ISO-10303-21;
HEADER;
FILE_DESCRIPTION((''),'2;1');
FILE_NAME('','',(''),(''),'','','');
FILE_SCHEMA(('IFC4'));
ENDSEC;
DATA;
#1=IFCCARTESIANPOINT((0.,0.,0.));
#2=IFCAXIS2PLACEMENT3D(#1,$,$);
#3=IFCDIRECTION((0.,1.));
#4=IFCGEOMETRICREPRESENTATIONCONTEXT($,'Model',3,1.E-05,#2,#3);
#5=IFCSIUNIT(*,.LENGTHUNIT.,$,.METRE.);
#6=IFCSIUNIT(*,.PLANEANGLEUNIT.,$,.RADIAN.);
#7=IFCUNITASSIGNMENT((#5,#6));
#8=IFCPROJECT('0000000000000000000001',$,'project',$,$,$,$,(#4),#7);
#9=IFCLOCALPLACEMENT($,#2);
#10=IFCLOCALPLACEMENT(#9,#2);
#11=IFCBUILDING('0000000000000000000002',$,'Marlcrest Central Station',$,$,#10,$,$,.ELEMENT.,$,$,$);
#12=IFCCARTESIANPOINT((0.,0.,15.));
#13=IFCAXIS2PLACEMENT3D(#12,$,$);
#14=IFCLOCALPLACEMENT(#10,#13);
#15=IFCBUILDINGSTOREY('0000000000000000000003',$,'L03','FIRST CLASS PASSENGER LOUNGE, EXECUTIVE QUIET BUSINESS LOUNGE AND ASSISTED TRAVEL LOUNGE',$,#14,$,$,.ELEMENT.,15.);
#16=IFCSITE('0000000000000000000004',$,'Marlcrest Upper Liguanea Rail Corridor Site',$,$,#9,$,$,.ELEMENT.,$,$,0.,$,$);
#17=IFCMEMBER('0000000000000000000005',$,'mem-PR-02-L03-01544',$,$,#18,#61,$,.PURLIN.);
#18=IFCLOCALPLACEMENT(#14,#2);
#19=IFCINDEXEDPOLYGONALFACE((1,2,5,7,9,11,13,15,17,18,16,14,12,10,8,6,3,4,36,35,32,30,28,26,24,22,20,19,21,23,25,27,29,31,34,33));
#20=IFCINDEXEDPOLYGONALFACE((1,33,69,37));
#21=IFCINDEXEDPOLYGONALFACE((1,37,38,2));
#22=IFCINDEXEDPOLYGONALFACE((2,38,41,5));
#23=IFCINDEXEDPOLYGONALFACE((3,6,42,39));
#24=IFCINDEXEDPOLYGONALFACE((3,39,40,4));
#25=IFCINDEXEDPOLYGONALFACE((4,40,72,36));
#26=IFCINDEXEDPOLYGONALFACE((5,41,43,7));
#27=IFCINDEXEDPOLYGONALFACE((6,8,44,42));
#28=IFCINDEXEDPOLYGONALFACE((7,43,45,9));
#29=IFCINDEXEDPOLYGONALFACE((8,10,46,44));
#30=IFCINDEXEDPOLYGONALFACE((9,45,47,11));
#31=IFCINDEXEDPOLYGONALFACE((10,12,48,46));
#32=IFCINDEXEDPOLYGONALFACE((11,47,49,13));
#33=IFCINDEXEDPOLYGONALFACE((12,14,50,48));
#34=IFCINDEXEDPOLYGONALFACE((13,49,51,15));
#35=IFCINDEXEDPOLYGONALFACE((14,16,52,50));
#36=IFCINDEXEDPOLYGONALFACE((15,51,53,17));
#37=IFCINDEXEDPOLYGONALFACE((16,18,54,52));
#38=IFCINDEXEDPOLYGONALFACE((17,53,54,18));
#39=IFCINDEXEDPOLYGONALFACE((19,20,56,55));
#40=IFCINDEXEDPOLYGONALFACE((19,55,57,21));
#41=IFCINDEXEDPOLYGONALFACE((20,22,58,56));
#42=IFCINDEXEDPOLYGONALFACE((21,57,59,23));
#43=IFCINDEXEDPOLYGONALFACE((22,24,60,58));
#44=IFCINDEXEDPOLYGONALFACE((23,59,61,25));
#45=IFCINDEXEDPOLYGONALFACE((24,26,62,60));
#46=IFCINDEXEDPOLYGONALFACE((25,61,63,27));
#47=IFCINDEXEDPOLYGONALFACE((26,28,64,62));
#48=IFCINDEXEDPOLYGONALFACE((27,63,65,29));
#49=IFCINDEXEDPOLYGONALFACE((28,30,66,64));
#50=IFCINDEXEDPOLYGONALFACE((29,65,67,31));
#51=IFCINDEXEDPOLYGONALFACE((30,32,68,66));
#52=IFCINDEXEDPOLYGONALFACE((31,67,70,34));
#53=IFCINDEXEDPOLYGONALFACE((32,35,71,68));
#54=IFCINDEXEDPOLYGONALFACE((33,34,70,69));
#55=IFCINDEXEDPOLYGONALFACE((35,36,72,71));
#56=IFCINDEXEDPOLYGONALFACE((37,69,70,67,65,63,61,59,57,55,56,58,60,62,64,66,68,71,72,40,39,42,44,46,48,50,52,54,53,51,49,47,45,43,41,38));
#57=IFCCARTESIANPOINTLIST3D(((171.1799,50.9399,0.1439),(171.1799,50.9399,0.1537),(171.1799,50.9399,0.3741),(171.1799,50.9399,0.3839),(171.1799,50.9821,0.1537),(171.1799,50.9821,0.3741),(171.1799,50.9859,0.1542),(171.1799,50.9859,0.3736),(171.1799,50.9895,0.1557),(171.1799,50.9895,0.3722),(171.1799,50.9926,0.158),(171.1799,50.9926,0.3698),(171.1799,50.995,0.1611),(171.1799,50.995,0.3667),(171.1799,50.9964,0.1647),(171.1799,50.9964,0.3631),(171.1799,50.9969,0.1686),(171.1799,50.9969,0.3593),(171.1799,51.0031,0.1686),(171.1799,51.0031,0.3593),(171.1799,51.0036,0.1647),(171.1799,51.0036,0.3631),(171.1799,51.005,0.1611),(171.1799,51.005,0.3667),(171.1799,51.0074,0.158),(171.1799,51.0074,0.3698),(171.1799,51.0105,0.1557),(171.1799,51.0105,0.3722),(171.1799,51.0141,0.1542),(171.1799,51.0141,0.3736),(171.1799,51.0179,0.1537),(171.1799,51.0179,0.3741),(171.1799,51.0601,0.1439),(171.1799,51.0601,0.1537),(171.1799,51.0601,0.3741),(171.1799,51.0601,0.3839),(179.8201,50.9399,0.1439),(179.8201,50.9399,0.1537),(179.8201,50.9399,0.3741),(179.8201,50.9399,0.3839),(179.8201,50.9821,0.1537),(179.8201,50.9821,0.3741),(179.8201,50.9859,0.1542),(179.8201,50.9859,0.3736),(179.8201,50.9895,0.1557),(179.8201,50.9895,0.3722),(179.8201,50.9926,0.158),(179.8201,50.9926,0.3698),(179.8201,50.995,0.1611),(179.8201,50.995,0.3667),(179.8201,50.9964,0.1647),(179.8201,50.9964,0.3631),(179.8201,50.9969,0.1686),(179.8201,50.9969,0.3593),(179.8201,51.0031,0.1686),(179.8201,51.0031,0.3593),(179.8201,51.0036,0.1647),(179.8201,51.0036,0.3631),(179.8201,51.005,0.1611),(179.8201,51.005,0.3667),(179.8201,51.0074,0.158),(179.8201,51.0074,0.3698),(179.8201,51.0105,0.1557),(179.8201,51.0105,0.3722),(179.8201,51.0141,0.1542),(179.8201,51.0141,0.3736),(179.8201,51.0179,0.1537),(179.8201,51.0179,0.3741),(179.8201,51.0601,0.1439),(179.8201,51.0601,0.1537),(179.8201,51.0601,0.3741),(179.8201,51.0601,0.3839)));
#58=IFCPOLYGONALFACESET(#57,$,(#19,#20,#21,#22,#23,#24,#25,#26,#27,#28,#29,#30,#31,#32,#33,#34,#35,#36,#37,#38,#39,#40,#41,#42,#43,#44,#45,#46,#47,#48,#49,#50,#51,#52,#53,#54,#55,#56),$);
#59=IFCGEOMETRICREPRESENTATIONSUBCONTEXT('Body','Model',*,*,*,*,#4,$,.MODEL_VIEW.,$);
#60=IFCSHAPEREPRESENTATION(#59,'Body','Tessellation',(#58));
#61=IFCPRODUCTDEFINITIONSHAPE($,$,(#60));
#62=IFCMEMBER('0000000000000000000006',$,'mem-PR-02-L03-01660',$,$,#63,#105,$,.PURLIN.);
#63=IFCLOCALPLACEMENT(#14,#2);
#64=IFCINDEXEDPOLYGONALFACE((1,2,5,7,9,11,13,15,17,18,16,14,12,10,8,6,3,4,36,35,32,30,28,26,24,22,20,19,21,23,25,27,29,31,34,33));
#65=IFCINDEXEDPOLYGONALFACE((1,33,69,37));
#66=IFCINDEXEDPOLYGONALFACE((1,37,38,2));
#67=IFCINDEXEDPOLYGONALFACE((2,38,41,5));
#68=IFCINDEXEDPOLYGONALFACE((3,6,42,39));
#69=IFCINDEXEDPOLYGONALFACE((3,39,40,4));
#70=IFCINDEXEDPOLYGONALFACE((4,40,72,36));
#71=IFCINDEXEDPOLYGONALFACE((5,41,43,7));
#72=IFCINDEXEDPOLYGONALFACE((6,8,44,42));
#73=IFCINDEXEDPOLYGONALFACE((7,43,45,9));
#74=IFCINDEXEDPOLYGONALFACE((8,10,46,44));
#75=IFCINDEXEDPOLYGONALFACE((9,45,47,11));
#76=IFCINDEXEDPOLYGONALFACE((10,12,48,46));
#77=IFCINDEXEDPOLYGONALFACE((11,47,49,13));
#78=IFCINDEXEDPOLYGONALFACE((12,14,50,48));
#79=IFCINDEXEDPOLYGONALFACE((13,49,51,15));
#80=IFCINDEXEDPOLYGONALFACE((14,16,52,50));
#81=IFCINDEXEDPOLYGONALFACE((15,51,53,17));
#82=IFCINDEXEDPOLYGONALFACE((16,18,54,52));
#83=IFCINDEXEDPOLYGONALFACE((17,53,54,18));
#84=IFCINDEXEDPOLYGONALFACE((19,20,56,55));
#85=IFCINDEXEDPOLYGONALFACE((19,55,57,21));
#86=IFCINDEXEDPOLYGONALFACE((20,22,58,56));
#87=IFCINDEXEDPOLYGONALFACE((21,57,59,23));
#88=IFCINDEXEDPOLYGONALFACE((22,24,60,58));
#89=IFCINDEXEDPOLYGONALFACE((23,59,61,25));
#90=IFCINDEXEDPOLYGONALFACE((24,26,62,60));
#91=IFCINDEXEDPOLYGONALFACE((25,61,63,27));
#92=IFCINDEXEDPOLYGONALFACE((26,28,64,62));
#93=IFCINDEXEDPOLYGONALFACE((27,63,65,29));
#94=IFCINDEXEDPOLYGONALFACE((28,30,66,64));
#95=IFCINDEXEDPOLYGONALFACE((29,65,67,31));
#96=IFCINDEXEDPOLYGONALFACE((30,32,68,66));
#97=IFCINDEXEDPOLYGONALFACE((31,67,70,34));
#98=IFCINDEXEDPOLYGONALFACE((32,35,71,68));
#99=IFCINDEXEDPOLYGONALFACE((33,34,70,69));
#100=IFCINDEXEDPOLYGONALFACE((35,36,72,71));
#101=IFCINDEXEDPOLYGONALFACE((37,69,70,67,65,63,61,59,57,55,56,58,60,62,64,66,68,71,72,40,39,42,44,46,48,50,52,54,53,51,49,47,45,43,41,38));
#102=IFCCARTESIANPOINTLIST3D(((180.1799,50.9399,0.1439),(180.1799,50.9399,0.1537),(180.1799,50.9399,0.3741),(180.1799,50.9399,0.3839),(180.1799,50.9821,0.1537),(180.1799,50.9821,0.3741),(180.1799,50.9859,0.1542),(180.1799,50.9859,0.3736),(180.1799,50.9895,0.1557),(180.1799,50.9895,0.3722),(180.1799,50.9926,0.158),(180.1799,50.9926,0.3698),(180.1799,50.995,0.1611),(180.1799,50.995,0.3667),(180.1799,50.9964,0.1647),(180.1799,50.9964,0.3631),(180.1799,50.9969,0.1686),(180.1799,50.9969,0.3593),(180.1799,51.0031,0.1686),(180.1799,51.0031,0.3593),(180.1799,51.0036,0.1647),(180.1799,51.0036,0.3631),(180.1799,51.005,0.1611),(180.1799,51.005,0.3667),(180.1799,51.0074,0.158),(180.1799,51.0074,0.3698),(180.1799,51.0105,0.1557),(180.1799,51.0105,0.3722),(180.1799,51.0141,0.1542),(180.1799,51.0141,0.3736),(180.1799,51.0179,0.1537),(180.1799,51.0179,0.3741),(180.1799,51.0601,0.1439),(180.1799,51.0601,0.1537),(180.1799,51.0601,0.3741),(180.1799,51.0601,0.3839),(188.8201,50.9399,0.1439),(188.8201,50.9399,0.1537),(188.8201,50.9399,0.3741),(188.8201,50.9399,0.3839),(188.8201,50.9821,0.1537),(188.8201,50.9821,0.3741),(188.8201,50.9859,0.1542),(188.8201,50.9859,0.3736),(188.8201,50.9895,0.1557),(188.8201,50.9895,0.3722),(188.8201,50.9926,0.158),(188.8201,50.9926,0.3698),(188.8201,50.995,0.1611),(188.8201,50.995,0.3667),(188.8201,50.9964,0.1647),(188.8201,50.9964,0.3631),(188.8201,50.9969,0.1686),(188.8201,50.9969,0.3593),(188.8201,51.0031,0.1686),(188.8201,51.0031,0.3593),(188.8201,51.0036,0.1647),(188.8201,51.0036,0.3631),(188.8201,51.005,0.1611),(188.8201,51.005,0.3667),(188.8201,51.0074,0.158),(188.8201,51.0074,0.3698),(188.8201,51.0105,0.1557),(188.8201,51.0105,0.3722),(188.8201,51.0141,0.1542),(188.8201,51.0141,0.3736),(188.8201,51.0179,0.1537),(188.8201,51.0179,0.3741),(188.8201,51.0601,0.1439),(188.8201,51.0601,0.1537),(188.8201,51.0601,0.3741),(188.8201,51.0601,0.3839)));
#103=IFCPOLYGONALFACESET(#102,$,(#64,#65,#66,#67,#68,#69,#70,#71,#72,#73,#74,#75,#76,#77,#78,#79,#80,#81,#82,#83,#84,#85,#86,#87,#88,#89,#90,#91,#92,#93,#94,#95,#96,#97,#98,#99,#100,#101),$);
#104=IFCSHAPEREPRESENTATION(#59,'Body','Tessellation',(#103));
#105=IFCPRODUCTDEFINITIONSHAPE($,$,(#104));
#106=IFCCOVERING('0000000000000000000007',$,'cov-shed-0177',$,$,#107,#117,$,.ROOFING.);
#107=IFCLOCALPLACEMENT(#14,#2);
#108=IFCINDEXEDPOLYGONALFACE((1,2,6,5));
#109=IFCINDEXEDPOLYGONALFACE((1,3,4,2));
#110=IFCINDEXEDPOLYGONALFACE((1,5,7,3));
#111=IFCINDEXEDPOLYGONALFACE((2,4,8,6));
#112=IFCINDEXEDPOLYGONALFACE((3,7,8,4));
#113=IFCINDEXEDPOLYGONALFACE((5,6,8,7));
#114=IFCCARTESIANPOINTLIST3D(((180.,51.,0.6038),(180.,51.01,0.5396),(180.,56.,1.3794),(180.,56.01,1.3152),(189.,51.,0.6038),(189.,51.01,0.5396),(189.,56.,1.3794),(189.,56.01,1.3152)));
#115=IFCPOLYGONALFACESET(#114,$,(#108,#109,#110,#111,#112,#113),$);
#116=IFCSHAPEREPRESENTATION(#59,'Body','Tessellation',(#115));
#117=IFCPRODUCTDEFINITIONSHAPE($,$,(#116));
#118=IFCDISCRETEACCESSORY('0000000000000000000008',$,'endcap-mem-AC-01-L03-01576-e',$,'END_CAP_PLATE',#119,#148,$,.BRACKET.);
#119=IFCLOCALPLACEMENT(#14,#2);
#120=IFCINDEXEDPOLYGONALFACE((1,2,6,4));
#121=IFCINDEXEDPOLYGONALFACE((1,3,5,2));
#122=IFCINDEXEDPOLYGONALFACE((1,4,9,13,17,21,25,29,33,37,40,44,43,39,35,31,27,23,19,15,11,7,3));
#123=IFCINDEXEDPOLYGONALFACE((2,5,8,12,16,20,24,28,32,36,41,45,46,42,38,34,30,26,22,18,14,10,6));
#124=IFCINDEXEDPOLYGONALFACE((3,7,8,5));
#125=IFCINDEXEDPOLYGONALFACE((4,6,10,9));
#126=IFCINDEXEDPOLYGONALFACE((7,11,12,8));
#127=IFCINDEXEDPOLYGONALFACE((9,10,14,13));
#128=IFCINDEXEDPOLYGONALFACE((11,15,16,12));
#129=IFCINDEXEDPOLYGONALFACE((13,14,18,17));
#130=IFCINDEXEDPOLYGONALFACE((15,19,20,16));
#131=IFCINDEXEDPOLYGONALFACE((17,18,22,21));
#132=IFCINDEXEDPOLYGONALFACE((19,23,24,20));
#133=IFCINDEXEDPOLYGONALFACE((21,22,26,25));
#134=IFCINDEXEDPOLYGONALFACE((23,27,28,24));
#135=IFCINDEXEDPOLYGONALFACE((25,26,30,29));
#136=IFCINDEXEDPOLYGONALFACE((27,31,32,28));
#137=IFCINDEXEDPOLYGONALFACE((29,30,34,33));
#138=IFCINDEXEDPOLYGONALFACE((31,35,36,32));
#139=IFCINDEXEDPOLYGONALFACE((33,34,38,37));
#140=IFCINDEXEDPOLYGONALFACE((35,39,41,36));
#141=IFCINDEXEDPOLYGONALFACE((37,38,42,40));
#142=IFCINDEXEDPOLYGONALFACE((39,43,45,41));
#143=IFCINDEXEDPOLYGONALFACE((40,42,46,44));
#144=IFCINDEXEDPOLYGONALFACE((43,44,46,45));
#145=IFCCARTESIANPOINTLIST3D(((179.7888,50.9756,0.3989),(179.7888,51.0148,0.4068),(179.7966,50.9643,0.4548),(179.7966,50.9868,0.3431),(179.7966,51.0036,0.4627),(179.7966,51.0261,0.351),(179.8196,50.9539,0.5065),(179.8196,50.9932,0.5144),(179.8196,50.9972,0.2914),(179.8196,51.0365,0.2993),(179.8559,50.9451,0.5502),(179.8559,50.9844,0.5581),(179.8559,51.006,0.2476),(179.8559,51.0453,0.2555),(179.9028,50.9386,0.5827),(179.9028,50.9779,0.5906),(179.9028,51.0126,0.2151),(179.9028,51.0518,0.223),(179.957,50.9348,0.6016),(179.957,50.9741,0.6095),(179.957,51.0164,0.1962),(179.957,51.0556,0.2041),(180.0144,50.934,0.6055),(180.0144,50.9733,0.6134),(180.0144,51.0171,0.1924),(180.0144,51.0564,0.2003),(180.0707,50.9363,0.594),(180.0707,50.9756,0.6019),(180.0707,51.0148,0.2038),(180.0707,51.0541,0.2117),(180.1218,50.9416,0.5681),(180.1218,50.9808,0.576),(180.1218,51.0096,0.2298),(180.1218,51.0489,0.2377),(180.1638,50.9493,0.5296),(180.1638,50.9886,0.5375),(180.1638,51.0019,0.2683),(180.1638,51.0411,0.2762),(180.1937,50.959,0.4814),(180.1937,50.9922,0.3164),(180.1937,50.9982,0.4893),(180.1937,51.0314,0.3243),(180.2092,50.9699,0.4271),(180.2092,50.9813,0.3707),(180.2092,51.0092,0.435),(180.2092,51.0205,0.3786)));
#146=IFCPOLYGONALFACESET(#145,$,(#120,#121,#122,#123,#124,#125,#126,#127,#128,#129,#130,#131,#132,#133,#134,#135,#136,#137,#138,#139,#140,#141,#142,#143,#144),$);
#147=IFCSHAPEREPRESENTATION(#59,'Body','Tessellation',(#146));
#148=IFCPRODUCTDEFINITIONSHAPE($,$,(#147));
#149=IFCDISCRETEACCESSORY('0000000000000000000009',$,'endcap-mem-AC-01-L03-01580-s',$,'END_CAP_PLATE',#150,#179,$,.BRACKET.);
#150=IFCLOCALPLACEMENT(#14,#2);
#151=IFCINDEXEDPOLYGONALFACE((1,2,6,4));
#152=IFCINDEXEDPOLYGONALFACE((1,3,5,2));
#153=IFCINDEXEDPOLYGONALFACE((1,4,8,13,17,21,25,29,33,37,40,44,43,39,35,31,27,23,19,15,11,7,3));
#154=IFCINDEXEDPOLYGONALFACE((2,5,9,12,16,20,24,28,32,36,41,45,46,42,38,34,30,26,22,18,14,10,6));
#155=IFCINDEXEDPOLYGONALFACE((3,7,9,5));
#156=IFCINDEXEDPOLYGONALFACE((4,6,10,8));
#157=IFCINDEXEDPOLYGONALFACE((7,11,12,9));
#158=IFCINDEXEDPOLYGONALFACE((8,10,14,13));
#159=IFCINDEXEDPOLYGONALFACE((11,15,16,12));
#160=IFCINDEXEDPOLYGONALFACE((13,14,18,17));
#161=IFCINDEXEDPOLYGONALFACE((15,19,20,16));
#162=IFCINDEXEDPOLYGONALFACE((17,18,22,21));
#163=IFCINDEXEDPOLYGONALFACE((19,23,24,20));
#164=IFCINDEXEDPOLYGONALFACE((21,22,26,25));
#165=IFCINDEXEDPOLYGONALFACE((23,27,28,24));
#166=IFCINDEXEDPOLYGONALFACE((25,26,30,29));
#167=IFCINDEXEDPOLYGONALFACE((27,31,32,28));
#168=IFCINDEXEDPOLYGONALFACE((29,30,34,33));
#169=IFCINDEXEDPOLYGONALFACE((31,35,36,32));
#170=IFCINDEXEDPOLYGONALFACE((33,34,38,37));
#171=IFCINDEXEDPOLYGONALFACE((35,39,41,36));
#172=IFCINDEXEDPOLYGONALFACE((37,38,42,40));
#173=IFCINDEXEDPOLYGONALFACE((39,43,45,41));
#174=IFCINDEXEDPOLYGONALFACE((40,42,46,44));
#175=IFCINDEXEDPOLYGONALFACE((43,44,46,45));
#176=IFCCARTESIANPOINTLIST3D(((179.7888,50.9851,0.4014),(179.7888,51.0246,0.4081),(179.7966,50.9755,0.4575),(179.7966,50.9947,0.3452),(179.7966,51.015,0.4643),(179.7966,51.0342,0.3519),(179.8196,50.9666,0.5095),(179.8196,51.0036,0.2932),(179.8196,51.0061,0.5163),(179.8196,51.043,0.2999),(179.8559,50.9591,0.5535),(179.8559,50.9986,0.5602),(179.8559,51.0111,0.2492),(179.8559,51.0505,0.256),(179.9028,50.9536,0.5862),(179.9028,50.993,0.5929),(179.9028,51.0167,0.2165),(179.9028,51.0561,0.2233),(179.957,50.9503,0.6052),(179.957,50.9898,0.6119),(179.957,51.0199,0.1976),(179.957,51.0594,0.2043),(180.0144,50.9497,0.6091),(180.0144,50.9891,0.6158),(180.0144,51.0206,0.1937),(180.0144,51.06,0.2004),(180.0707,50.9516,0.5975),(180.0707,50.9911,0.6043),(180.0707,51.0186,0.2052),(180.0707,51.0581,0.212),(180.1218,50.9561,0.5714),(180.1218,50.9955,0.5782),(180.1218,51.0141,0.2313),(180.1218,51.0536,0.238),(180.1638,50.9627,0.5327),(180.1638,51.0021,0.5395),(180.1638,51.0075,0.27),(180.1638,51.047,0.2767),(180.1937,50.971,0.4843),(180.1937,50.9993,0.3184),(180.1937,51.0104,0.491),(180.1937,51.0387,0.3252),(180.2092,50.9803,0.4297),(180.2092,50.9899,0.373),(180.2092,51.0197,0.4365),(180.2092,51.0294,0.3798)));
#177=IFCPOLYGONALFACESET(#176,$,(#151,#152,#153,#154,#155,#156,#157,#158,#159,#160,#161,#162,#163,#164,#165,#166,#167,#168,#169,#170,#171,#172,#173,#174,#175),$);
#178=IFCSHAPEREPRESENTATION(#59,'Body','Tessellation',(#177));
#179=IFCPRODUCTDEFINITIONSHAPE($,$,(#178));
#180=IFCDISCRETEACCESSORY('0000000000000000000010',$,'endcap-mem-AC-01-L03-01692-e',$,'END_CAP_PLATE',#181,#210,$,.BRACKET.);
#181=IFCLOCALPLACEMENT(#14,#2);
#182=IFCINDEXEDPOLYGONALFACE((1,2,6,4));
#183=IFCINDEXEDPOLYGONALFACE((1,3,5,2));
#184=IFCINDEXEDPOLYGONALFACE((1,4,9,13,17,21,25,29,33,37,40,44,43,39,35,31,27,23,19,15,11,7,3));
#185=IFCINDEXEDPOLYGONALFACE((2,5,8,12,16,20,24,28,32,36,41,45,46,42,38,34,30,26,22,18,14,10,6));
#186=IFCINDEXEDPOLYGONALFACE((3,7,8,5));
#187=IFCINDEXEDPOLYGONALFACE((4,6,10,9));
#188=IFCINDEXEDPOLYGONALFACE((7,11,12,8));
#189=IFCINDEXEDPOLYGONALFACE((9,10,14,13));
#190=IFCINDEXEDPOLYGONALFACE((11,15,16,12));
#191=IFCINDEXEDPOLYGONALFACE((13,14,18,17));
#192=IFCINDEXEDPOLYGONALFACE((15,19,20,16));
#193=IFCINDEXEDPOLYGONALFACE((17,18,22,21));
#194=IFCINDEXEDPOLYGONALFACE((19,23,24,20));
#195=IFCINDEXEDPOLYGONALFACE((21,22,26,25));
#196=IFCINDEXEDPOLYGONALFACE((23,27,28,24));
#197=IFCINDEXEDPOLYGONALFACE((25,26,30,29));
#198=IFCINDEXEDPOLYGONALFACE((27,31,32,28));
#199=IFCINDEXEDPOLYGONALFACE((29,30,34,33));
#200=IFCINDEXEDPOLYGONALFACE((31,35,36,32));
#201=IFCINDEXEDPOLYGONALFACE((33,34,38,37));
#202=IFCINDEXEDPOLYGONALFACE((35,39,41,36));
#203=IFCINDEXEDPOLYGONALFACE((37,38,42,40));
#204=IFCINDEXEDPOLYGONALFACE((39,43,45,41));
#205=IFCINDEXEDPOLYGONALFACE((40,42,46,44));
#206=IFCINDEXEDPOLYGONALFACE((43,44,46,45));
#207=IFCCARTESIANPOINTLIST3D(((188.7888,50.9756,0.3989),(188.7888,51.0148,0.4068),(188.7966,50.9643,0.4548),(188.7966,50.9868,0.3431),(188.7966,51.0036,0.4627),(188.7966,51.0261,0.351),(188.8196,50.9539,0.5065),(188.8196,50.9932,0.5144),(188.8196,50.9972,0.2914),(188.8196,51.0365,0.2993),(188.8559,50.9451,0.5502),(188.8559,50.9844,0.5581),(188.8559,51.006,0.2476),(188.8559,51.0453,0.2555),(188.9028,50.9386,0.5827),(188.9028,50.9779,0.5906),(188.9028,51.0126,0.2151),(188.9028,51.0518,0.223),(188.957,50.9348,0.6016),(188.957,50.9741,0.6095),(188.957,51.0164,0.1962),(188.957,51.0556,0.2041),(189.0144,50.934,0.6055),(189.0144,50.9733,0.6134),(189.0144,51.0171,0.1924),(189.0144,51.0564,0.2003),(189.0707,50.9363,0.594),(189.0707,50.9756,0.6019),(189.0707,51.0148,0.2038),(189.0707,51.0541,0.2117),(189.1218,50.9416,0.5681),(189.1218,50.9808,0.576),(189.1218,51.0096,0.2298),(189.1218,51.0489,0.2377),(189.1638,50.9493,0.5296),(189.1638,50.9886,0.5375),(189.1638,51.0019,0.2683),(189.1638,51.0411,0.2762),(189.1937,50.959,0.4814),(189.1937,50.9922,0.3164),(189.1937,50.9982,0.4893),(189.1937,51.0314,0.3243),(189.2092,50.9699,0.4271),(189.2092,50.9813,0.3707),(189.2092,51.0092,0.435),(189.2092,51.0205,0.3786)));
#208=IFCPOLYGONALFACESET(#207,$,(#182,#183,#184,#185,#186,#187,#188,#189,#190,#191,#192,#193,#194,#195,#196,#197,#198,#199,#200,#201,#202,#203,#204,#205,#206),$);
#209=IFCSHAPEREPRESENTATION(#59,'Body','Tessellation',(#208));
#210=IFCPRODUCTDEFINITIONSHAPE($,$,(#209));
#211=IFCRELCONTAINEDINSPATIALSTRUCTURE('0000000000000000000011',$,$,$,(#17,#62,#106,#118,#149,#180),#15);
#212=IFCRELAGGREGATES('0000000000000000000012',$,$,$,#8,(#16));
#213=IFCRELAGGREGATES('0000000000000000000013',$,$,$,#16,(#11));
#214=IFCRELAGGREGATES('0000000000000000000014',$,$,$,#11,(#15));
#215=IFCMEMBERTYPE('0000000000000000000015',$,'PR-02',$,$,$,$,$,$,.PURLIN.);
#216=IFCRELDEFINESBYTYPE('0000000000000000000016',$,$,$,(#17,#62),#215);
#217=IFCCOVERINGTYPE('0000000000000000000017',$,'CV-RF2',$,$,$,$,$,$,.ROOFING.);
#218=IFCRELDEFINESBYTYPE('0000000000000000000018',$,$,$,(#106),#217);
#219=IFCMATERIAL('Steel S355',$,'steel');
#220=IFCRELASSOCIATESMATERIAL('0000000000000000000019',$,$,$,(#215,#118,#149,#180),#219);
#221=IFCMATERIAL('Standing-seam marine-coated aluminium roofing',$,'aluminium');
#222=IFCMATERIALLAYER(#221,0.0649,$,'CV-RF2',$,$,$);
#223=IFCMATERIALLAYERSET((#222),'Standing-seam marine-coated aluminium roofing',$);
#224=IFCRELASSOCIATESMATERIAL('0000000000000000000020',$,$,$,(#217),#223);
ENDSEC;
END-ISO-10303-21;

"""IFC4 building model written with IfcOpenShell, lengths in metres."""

from ifc_helpers import new_model, si_unit, direction, frame, origin, origin_2d, place, context, subcontext, project, spatial, polyline, circle, i_section, outline, extrude, material, layer, layer_set, material_profile, profile_set, type_object, element, save


model = new_model("IFC4")

# Units and contexts
model_context = context("Model", 3, precision=1e-05, world=origin(), true_north=direction((0.0, 1.0)))
body_context = subcontext(model_context, "Body", "Model", "MODEL_VIEW")
ifc_project = project(units=[si_unit("LENGTHUNIT", "METRE"), si_unit("PLANEANGLEUNIT", "RADIAN")], contexts=[model_context])

# Site, building, storey
site_placement = place(None, origin())
site = spatial("IfcSite", under=ifc_project, at=site_placement, Name="Marlcrest Upper Liguanea Rail Corridor Site", CompositionType="ELEMENT", RefElevation=0.0)
building_placement = place(site_placement, origin())
building = spatial("IfcBuilding", under=site, at=building_placement, Name="Marlcrest Central Station", CompositionType="ELEMENT")
storey_placement = place(building_placement, frame((0.0, 0.0, 15.0)))
storey = spatial("IfcBuildingStorey", under=building, at=storey_placement, Name="L03", Description="FIRST CLASS PASSENGER LOUNGE, EXECUTIVE QUIET BUSINESS LOUNGE AND ASSISTED TRAVEL LOUNGE", CompositionType="ELEMENT", Elevation=15.0)

# Members
ifc_material_1 = material(Name="Steel S355", Category="steel")
ifc_material_profile_1 = material_profile(ifc_material_1, i_section(OverallWidth=0.1201, OverallDepth=0.24, WebThickness=0.0061, FlangeThickness=0.0098, FilletRadius=0.0149, at=origin_2d()), Name="IPE 240")
ifc_profile_set_1 = profile_set([ifc_material_profile_1], Name="Steel S355")
member_type_1 = type_object("IfcMemberType", Name="PR-02", PredefinedType="PURLIN", material=ifc_profile_set_1)
for number, where, z_axis, x_axis, name in (
    (1, (171.1799, 51.0, 0.2639), (1.0, 0.0, 0.0), (0.0, 1.0, 0.0), "mem-PR-02-L03-01544"),
    (2, (180.1799, 51.0, 0.2639), (1.0, 0.0, 0.0), (0.0, 1.0, 0.0), "mem-PR-02-L03-01660"),
):
    element("IfcMember", number, at=place(storey_placement, frame(where, z_axis=z_axis, x_axis=x_axis)), inside=storey, type_object=member_type_1, Name=name, PredefinedType="PURLIN", context=body_context, shape_type="SweptSolid", body=[
        extrude(i_section(OverallWidth=0.1201, OverallDepth=0.24, WebThickness=0.0061, FlangeThickness=0.0098, FilletRadius=0.0149, at=origin_2d()), origin(), (0.0, 0.0, 1.0), 8.6401),
    ])

# Covering
ifc_material_2 = material(Name="Standing-seam marine-coated aluminium roofing", Category="aluminium")
ifc_layer = layer(ifc_material_2, 0.0649, Name="CV-RF2")
ifc_layer_set = layer_set([ifc_layer], Name="Standing-seam marine-coated aluminium roofing")
covering_type = type_object("IfcCoveringType", Name="CV-RF2", PredefinedType="ROOFING", material=ifc_layer_set)
covering_placement = place(storey_placement, frame((180.0, 51.0, 0.6038), z_axis=(0.0, -0.153293, 0.988181), x_axis=(1.0, 0.0, 0.0)))
element("IfcCovering", 3, at=covering_placement, inside=storey, type_object=covering_type, Name="cov-shed-0177", PredefinedType="ROOFING", context=body_context, shape_type="SweptSolid", body=[
    extrude(outline(polyline([(0.0, 0.0), (9.0, 0.0), (9.0, 5.0598), (0.0, 5.0598), (0.0, 0.0)])), origin(), (0.0, 0.0, -1.0), 0.0649),
])

# Discrete accessories
for number, where, z_axis, x_axis, name in (
    (4, (180.0, 50.9756, 0.3989), (0.0, 0.980359, 0.197219), (-1.0, 0.0, 0.0), "endcap-mem-AC-01-L03-01576-e"),
    (5, (180.0, 50.9851, 0.4014), (0.0, 0.985741, 0.168269), (-1.0, 0.0, 0.0), "endcap-mem-AC-01-L03-01580-s"),
    (6, (189.0, 50.9756, 0.3989), (0.0, 0.980359, 0.197219), (-1.0, 0.0, 0.0), "endcap-mem-AC-01-L03-01692-e"),
):
    element("IfcDiscreteAccessory", number, at=place(storey_placement, frame(where, z_axis=z_axis, x_axis=x_axis)), inside=storey, material=ifc_material_1, Name=name, ObjectType="END_CAP_PLATE", PredefinedType="BRACKET", context=body_context, shape_type="SweptSolid", body=[
        extrude(circle(Radius=0.2112, at=origin_2d()), origin(), (0.0, 0.0, 1.0), 0.04),
    ])

save(model, "model.ifc")
